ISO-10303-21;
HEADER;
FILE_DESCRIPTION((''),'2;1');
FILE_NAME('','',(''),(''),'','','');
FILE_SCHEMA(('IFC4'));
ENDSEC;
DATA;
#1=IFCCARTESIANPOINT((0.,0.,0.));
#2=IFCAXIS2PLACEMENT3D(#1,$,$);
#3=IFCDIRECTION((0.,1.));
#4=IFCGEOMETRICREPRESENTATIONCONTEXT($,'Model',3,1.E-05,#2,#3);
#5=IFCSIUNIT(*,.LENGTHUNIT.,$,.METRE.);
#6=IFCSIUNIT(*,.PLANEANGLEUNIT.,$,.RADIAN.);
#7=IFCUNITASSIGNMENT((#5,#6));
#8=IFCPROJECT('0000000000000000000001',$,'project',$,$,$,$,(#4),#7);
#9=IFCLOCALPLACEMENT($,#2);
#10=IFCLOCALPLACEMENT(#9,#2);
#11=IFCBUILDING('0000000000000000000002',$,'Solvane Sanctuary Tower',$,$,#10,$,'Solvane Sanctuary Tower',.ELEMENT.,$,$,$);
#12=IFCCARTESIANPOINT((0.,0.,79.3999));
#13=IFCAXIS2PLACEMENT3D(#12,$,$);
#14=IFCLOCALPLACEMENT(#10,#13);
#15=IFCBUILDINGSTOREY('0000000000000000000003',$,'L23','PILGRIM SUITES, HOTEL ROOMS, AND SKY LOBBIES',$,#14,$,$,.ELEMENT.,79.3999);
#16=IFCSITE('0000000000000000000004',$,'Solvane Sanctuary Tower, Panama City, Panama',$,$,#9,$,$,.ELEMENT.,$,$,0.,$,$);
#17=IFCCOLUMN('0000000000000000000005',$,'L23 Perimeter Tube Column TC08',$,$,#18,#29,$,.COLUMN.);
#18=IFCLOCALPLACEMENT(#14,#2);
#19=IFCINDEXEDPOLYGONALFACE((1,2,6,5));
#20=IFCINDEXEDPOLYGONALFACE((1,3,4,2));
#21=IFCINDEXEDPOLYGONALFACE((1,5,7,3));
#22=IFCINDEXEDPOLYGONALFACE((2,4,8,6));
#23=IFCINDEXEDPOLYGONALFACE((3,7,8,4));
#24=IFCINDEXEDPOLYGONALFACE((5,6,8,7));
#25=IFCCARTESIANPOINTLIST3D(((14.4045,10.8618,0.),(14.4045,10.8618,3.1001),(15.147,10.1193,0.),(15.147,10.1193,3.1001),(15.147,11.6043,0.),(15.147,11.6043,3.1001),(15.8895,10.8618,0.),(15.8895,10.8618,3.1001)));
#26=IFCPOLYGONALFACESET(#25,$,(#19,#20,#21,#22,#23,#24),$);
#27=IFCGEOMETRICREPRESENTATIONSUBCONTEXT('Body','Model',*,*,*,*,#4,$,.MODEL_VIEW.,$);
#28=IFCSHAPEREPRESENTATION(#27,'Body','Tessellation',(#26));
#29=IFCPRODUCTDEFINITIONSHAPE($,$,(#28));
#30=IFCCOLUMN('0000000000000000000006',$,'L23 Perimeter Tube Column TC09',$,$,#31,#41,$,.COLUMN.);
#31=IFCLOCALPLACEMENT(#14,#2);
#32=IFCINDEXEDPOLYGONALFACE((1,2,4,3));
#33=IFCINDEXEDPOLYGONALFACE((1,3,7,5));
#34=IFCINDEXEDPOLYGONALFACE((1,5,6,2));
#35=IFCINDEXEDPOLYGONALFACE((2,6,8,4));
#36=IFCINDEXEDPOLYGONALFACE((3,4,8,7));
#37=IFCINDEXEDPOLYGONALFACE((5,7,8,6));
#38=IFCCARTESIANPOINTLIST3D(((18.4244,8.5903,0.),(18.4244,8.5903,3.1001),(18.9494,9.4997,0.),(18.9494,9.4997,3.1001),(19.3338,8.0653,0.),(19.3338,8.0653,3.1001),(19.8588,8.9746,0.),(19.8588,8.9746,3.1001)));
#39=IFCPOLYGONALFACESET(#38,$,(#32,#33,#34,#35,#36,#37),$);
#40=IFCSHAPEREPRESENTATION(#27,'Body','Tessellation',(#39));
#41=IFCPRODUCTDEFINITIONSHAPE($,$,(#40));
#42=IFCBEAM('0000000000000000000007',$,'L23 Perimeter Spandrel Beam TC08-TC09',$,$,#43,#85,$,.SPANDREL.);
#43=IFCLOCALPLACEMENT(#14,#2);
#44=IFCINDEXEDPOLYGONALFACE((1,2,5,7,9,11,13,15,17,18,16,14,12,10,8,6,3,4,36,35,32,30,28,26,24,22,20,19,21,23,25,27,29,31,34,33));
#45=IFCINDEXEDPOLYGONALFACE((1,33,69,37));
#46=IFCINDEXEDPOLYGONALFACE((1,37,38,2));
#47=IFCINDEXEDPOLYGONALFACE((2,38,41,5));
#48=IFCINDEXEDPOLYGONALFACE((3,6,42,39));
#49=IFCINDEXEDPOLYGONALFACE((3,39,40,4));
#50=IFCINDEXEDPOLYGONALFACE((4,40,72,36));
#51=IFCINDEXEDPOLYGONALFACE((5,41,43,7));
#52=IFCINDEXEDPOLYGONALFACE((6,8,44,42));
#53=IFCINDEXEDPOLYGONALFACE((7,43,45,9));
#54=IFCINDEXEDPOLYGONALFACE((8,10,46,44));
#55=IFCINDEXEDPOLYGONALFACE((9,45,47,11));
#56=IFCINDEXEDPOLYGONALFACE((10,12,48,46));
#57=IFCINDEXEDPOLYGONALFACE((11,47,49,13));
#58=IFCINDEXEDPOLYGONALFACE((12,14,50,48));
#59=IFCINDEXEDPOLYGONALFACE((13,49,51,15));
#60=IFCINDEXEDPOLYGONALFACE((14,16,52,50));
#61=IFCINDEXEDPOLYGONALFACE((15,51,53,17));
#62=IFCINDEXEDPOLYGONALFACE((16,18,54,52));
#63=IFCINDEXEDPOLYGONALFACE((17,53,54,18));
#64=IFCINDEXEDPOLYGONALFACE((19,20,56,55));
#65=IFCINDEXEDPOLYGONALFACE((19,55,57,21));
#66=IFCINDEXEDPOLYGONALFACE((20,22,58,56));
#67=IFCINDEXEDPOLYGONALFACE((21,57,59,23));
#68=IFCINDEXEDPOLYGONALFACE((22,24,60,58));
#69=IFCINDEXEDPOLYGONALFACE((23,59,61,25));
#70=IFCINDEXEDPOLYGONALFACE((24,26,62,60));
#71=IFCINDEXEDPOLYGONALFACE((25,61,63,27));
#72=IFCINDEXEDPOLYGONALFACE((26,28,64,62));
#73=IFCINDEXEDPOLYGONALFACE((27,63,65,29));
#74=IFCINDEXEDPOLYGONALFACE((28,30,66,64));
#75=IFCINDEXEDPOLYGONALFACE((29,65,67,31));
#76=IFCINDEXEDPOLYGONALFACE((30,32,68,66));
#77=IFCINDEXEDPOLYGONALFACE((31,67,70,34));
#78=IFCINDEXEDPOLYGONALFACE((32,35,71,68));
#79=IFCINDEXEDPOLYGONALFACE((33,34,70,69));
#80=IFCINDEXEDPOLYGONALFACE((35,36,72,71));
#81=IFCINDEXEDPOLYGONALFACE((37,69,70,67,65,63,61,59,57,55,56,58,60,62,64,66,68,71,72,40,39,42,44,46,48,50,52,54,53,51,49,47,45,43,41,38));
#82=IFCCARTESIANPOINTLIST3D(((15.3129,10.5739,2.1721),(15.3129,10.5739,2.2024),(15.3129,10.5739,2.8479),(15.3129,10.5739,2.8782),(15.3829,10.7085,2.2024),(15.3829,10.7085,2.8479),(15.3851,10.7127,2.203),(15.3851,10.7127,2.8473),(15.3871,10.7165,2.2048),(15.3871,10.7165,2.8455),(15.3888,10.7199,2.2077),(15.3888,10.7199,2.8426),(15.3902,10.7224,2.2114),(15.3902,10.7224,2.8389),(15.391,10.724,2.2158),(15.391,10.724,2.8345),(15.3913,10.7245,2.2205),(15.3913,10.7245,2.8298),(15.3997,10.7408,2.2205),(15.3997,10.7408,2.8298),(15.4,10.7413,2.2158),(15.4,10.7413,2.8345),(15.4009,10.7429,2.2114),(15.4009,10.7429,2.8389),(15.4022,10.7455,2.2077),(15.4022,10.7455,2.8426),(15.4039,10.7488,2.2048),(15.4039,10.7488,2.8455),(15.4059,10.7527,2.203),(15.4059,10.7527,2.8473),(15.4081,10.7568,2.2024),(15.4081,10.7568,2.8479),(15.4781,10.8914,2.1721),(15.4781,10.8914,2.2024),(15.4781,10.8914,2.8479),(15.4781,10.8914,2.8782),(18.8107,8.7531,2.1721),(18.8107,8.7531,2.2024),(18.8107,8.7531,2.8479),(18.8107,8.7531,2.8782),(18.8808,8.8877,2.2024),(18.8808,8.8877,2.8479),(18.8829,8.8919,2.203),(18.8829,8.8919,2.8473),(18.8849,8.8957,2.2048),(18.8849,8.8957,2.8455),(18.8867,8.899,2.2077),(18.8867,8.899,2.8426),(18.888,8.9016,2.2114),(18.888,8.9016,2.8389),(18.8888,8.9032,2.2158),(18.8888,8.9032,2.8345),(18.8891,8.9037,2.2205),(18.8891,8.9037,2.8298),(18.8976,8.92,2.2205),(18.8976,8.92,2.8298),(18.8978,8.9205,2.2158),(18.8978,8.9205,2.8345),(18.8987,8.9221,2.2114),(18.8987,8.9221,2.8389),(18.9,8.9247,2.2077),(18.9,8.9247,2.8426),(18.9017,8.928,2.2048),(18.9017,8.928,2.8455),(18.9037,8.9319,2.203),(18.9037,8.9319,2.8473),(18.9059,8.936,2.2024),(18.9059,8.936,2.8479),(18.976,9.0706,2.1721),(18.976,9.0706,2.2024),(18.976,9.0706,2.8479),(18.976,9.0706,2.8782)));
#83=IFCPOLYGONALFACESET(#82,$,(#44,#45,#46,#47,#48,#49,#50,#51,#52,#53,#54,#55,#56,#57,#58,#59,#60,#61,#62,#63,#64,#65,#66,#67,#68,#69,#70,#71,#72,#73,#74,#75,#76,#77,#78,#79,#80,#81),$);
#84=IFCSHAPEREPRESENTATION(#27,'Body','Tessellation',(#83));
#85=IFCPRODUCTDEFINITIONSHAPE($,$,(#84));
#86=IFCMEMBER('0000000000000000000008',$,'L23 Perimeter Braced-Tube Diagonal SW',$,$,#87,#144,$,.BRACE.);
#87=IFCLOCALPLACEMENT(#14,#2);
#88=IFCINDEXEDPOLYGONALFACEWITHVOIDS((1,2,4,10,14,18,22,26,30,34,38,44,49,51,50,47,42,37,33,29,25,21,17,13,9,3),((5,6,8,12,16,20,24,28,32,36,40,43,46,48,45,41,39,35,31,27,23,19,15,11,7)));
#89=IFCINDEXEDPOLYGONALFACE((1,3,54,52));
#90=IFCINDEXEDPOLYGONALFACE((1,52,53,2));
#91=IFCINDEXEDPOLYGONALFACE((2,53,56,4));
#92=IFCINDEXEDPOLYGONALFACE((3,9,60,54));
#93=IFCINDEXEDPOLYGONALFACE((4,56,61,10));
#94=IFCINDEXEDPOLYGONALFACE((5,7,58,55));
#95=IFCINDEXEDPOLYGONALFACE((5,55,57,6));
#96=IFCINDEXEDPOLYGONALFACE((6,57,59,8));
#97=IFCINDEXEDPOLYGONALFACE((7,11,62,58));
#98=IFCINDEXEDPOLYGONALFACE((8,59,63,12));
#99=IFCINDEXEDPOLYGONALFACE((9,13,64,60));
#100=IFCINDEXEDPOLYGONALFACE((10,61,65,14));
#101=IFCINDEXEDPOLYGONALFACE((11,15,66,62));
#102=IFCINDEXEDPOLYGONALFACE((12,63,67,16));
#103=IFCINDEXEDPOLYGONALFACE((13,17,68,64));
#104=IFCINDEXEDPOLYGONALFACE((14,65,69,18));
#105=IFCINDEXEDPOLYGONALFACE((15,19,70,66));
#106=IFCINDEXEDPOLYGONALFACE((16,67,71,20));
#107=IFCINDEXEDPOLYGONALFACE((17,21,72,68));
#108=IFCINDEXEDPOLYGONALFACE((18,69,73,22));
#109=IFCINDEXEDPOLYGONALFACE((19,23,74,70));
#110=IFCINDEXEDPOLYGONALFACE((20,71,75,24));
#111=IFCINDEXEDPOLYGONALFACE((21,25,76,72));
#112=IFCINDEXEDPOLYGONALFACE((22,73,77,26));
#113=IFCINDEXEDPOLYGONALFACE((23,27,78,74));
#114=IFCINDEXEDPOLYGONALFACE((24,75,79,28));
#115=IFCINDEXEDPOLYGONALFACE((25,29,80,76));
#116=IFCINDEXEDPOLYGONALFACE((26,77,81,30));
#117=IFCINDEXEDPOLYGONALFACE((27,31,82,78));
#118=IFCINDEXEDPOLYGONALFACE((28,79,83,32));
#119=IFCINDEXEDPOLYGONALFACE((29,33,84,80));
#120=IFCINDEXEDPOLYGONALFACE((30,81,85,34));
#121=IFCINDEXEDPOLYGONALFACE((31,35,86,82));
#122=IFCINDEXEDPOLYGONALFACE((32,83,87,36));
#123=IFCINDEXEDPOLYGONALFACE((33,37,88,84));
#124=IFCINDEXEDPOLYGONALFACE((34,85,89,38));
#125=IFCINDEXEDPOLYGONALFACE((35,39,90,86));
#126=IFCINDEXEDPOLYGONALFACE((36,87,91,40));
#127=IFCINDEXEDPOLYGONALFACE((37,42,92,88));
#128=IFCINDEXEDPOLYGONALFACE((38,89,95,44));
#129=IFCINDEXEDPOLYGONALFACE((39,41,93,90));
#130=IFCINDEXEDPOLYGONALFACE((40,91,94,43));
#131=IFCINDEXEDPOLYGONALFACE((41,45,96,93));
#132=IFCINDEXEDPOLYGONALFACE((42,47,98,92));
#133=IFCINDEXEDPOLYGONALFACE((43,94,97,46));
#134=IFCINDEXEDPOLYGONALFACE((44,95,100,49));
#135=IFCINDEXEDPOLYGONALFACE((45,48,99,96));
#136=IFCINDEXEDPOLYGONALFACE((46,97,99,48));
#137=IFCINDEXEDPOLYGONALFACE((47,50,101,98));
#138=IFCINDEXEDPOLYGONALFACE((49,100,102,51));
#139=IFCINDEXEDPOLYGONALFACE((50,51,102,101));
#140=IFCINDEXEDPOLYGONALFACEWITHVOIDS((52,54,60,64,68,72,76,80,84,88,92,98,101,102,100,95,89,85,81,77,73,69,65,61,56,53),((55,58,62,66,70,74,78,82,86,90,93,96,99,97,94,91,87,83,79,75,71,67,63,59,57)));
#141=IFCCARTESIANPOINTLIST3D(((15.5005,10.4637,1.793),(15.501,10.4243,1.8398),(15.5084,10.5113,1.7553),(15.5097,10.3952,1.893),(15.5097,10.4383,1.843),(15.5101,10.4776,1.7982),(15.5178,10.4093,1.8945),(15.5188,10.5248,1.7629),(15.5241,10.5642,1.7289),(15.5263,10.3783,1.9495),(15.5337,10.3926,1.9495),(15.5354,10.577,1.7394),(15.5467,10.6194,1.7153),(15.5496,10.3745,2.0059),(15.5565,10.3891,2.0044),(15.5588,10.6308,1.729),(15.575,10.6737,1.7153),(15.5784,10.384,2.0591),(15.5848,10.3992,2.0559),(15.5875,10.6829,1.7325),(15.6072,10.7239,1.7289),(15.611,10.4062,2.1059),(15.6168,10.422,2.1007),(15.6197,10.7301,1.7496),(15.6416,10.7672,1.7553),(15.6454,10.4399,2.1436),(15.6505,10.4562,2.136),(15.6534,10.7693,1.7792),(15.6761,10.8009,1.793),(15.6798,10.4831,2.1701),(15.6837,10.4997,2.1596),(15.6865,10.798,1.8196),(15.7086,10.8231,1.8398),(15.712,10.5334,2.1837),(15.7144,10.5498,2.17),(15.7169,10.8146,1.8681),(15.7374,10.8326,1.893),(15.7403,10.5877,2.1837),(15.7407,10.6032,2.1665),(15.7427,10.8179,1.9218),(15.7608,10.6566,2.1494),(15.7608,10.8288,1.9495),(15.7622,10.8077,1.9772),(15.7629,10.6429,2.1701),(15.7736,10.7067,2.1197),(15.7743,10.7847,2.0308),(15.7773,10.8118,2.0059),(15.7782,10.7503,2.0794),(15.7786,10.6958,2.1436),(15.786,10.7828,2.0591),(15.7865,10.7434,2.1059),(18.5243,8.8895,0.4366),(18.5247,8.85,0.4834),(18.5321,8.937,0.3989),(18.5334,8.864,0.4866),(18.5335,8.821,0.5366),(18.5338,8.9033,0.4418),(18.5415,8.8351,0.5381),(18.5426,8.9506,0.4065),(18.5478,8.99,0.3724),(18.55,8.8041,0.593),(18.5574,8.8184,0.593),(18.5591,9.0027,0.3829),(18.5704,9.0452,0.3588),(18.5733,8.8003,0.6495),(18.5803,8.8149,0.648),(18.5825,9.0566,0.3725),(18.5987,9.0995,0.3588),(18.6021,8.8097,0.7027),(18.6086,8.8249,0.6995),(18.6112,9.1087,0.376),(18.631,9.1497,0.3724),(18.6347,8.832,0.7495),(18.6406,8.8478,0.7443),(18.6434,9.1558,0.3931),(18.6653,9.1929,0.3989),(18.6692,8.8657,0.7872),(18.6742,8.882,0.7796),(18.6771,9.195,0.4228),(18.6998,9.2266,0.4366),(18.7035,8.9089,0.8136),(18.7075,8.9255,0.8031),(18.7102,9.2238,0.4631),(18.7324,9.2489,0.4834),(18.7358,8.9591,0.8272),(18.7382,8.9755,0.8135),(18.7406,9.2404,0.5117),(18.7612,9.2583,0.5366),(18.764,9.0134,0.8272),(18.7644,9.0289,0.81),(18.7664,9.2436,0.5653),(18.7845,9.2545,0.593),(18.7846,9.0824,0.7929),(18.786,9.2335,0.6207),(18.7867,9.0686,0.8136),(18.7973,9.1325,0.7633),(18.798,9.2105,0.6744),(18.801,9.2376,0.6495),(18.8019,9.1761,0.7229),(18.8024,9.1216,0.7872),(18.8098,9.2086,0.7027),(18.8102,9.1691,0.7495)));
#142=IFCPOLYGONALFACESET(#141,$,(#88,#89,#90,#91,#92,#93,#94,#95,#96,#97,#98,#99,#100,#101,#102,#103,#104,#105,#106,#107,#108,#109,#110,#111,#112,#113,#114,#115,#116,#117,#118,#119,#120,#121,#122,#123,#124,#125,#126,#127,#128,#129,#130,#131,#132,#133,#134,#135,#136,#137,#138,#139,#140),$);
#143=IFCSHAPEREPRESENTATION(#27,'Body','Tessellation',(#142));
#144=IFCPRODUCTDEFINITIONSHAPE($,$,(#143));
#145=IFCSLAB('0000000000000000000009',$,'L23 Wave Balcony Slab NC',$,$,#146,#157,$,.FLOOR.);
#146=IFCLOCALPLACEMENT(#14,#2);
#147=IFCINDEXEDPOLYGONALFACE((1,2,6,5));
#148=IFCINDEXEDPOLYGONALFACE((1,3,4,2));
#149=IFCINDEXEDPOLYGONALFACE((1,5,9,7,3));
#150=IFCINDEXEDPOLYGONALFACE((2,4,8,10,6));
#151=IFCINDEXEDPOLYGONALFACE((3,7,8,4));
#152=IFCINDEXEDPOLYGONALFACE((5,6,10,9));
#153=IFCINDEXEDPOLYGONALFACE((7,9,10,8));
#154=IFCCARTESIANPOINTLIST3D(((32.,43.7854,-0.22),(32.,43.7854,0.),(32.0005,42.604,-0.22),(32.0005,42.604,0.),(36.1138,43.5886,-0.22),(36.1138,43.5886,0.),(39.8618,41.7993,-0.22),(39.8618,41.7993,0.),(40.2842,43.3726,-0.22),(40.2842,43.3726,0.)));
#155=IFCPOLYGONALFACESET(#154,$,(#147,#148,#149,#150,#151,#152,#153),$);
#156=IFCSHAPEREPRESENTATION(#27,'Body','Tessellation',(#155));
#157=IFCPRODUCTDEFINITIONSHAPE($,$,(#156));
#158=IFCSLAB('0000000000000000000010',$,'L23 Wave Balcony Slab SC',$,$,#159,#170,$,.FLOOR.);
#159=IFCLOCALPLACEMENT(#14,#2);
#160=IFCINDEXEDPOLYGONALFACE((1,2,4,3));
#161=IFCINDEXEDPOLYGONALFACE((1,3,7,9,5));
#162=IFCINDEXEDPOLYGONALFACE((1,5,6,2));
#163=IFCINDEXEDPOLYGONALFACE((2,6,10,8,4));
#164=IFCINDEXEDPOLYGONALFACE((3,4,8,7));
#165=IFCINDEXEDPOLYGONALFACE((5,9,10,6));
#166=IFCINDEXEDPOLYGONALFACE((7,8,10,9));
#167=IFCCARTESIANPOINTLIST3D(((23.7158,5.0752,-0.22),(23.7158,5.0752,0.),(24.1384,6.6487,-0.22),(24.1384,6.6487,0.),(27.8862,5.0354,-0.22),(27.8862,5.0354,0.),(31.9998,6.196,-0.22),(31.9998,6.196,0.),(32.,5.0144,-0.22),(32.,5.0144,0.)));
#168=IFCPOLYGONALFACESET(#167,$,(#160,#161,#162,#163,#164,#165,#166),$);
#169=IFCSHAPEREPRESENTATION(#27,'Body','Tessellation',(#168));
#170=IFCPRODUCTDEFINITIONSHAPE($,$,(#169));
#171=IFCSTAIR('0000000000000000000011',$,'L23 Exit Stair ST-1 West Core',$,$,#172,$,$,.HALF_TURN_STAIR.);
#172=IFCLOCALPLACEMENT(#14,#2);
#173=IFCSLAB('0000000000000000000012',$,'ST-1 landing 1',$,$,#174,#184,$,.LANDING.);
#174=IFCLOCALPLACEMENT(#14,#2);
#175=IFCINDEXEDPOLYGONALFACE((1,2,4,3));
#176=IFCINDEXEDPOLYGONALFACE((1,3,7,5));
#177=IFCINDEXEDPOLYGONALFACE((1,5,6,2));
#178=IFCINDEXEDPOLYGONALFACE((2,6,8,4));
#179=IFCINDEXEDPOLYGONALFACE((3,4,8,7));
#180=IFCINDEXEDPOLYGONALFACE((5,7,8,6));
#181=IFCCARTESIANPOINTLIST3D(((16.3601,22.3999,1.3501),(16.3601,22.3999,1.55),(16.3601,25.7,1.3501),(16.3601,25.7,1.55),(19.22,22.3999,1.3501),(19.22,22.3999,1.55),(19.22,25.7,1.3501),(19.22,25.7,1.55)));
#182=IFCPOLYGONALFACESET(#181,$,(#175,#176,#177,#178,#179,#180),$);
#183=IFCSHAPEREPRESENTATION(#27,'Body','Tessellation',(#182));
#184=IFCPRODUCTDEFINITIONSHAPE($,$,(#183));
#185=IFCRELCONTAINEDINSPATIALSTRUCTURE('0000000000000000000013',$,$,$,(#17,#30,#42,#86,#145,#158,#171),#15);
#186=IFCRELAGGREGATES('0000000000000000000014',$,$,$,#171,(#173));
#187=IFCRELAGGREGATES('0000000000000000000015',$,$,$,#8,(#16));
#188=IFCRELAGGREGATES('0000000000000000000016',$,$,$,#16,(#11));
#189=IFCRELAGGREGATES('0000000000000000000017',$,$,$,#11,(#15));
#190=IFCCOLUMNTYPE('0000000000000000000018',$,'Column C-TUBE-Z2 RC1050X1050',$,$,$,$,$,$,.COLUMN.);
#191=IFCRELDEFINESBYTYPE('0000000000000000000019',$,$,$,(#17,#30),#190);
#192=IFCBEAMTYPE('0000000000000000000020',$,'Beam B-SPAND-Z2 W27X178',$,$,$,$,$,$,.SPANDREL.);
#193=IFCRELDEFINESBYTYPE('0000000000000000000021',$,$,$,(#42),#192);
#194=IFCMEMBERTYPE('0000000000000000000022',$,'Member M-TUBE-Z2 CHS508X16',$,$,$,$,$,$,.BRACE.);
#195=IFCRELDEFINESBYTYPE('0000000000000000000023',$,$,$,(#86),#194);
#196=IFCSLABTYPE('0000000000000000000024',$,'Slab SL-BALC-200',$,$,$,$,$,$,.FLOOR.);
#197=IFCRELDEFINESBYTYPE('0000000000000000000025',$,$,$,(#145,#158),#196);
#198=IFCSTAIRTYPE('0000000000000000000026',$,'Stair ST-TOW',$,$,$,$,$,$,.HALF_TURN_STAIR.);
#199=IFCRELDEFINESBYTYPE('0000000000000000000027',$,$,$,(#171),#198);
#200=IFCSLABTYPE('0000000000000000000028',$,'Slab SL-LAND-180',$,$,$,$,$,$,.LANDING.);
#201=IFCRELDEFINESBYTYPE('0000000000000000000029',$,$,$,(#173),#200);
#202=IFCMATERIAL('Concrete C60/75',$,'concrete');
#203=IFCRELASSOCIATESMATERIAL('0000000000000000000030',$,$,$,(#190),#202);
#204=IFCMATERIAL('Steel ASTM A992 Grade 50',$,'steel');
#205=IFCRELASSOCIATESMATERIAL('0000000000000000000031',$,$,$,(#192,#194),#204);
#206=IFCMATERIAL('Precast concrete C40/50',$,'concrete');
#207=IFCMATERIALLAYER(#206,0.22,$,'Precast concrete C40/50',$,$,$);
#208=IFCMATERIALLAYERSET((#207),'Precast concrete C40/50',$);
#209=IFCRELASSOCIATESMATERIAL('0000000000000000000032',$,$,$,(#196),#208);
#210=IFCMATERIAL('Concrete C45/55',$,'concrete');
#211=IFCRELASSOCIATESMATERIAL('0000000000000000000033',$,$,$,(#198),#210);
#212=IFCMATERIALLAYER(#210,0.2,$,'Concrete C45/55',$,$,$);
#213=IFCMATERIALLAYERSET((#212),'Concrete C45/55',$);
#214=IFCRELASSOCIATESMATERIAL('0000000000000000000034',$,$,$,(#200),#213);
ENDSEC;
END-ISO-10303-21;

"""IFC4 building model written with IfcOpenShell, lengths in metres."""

from ifc_helpers import new_model, si_unit, direction, frame, origin, origin_2d, place, context, subcontext, project, spatial, polyline, rectangle, hollow_circle, i_section, outline, extrude, material, layer, layer_set, material_profile, profile_set, type_object, element, aggregate, save


model = new_model("IFC4")

# Units and contexts
model_context = context("Model", 3, precision=1e-05, world=origin(), true_north=direction((0.0, 1.0)))
body_context = subcontext(model_context, "Body", "Model", "MODEL_VIEW")
ifc_project = project(units=[si_unit("LENGTHUNIT", "METRE"), si_unit("PLANEANGLEUNIT", "RADIAN")], contexts=[model_context])

# Site, building, storey
site_placement = place(None, origin())
site = spatial("IfcSite", under=ifc_project, at=site_placement, Name="Solvane Sanctuary Tower, Panama City, Panama", CompositionType="ELEMENT", RefElevation=0.0)
building_placement = place(site_placement, origin())
building = spatial("IfcBuilding", under=site, at=building_placement, Name="Solvane Sanctuary Tower", LongName="Solvane Sanctuary Tower", CompositionType="ELEMENT")
storey_placement = place(building_placement, frame((0.0, 0.0, 79.3999)))
storey = spatial("IfcBuildingStorey", under=building, at=storey_placement, Name="L23", Description="PILGRIM SUITES, HOTEL ROOMS, AND SKY LOBBIES", CompositionType="ELEMENT", Elevation=79.3999)

# Columns
ifc_material_1 = material(Name="Concrete C60/75", Category="concrete")
ifc_material_profile_1 = material_profile(ifc_material_1, rectangle(XDim=1.05, YDim=1.05, at=origin_2d()), Name="RC1050X1050")
ifc_profile_set_1 = profile_set([ifc_material_profile_1], Name="Concrete C60/75")
column_type = type_object("IfcColumnType", Name="Column C-TUBE-Z2 RC1050X1050", PredefinedType="COLUMN", material=ifc_profile_set_1)
for number, where, z_axis, x_axis, name in (
    (1, (15.147, 10.8618, 0.0), (0.0, 0.0, 1.0), (-0.707107, -0.707107, 0.0), "L23 Perimeter Tube Column TC08"),
    (2, (19.1416, 8.7825, 0.0), (0.0, 0.0, 1.0), (-0.5, -0.866025, 0.0), "L23 Perimeter Tube Column TC09"),
):
    element("IfcColumn", number, at=place(storey_placement, frame(where, z_axis=z_axis, x_axis=x_axis)), inside=storey, type_object=column_type, Name=name, PredefinedType="COLUMN", context=body_context, shape_type="SweptSolid", body=[
        extrude(rectangle(XDim=1.05, YDim=1.05, at=origin_2d()), origin(), (0.0, 0.0, 1.0), 3.1001),
    ])

# Beam
ifc_material_2 = material(Name="Steel ASTM A992 Grade 50", Category="steel")
ifc_material_profile_2 = material_profile(ifc_material_2, i_section(OverallWidth=0.3579, OverallDepth=0.7061, WebThickness=0.0183, FlangeThickness=0.0303, FilletRadius=0.0181, at=origin_2d()), Name="W27X178")
ifc_profile_set_2 = profile_set([ifc_material_profile_2], Name="Steel ASTM A992 Grade 50")
beam_type = type_object("IfcBeamType", Name="Beam B-SPAND-Z2 W27X178", PredefinedType="SPANDREL", material=ifc_profile_set_2)
beam_placement = place(storey_placement, frame((15.3955, 10.7327, 2.5251), z_axis=(0.887015, -0.461741, 0.0), x_axis=(0.461741, 0.887015, 0.0)))
element("IfcBeam", 3, at=beam_placement, inside=storey, type_object=beam_type, Name="L23 Perimeter Spandrel Beam TC08-TC09", PredefinedType="SPANDREL", context=body_context, shape_type="SweptSolid", body=[
    extrude(i_section(OverallWidth=0.3579, OverallDepth=0.7061, WebThickness=0.0183, FlangeThickness=0.0303, FilletRadius=0.0181, at=origin_2d()), origin(), (0.0, 0.0, 1.0), 3.9434),
])

# Member
ifc_material_profile_3 = material_profile(ifc_material_2, hollow_circle(Radius=0.2539, WallThickness=0.0161, at=origin_2d()), Name="CHS508X16")
ifc_profile_set_3 = profile_set([ifc_material_profile_3], Name="Steel ASTM A992 Grade 50")
member_type = type_object("IfcMemberType", Name="Member M-TUBE-Z2 CHS508X16", PredefinedType="BRACE", material=ifc_profile_set_3)
member_placement = place(storey_placement, frame((18.6672, 9.0293, 0.593), z_axis=(-0.824141, 0.429072, 0.369715), x_axis=(-0.461792, -0.886988, 0.0)))
element("IfcMember", 4, at=member_placement, inside=storey, type_object=member_type, Name="L23 Perimeter Braced-Tube Diagonal SW", PredefinedType="BRACE", context=body_context, shape_type="SweptSolid", body=[
    extrude(hollow_circle(Radius=0.2539, WallThickness=0.0161, at=origin_2d()), origin(), (0.0, 0.0, 1.0), 3.6689),
])

# Slabs
ifc_material_3 = material(Name="Precast concrete C40/50", Category="concrete")
ifc_layer_1 = layer(ifc_material_3, 0.22, Name="Precast concrete C40/50")
ifc_layer_set_1 = layer_set([ifc_layer_1], Name="Precast concrete C40/50")
slab_type_1 = type_object("IfcSlabType", Name="Slab SL-BALC-200", PredefinedType="FLOOR", material=ifc_layer_set_1)
slab_1_placement = place(storey_placement, frame((0.0, 0.0, -0.22)))
element("IfcSlab", 5, at=slab_1_placement, inside=storey, type_object=slab_type_1, Name="L23 Wave Balcony Slab NC", PredefinedType="FLOOR", context=body_context, shape_type="SweptSolid", body=[
    extrude(outline(polyline([(40.2842, 43.3726), (36.1138, 43.5886), (32.0, 43.7854), (32.0005, 42.604), (39.8618, 41.7993), (40.2842, 43.3726)])), origin(), (0.0, 0.0, 1.0), 0.22),
])
slab_2_placement = place(storey_placement, frame((0.0, 0.0, -0.22)))
element("IfcSlab", 6, at=slab_2_placement, inside=storey, type_object=slab_type_1, Name="L23 Wave Balcony Slab SC", PredefinedType="FLOOR", context=body_context, shape_type="SweptSolid", body=[
    extrude(outline(polyline([(23.7158, 5.0752), (27.8862, 5.0354), (32.0, 5.0144), (31.9998, 6.196), (24.1384, 6.6487), (23.7158, 5.0752)])), origin(), (0.0, 0.0, 1.0), 0.22),
])

# Stair, slab
ifc_material_4 = material(Name="Concrete C45/55", Category="concrete")
stair_type = type_object("IfcStairType", Name="Stair ST-TOW", PredefinedType="HALF_TURN_STAIR", material=ifc_material_4)
stair_1_placement = place(storey_placement, origin())
stair_1 = element("IfcStair", 7, at=stair_1_placement, inside=storey, type_object=stair_type, Name="L23 Exit Stair ST-1 West Core", PredefinedType="HALF_TURN_STAIR")
ifc_layer_2 = layer(ifc_material_4, 0.2, Name="Concrete C45/55")
ifc_layer_set_2 = layer_set([ifc_layer_2], Name="Concrete C45/55")
slab_type_2 = type_object("IfcSlabType", Name="Slab SL-LAND-180", PredefinedType="LANDING", material=ifc_layer_set_2)
slab_3_placement = place(storey_placement, frame((0.0, 0.0, 1.3501)))
slab_3 = element("IfcSlab", 8, at=slab_3_placement, type_object=slab_type_2, Name="ST-1 landing 1", PredefinedType="LANDING", context=body_context, shape_type="SweptSolid", body=[
    extrude(outline(polyline([(19.22, 22.3999), (19.22, 25.7), (16.3601, 25.7), (16.3601, 22.3999), (19.22, 22.3999)])), origin(), (0.0, 0.0, 1.0), 0.2),
])
aggregate(stair_1, [slab_3])

save(model, "model.ifc")
